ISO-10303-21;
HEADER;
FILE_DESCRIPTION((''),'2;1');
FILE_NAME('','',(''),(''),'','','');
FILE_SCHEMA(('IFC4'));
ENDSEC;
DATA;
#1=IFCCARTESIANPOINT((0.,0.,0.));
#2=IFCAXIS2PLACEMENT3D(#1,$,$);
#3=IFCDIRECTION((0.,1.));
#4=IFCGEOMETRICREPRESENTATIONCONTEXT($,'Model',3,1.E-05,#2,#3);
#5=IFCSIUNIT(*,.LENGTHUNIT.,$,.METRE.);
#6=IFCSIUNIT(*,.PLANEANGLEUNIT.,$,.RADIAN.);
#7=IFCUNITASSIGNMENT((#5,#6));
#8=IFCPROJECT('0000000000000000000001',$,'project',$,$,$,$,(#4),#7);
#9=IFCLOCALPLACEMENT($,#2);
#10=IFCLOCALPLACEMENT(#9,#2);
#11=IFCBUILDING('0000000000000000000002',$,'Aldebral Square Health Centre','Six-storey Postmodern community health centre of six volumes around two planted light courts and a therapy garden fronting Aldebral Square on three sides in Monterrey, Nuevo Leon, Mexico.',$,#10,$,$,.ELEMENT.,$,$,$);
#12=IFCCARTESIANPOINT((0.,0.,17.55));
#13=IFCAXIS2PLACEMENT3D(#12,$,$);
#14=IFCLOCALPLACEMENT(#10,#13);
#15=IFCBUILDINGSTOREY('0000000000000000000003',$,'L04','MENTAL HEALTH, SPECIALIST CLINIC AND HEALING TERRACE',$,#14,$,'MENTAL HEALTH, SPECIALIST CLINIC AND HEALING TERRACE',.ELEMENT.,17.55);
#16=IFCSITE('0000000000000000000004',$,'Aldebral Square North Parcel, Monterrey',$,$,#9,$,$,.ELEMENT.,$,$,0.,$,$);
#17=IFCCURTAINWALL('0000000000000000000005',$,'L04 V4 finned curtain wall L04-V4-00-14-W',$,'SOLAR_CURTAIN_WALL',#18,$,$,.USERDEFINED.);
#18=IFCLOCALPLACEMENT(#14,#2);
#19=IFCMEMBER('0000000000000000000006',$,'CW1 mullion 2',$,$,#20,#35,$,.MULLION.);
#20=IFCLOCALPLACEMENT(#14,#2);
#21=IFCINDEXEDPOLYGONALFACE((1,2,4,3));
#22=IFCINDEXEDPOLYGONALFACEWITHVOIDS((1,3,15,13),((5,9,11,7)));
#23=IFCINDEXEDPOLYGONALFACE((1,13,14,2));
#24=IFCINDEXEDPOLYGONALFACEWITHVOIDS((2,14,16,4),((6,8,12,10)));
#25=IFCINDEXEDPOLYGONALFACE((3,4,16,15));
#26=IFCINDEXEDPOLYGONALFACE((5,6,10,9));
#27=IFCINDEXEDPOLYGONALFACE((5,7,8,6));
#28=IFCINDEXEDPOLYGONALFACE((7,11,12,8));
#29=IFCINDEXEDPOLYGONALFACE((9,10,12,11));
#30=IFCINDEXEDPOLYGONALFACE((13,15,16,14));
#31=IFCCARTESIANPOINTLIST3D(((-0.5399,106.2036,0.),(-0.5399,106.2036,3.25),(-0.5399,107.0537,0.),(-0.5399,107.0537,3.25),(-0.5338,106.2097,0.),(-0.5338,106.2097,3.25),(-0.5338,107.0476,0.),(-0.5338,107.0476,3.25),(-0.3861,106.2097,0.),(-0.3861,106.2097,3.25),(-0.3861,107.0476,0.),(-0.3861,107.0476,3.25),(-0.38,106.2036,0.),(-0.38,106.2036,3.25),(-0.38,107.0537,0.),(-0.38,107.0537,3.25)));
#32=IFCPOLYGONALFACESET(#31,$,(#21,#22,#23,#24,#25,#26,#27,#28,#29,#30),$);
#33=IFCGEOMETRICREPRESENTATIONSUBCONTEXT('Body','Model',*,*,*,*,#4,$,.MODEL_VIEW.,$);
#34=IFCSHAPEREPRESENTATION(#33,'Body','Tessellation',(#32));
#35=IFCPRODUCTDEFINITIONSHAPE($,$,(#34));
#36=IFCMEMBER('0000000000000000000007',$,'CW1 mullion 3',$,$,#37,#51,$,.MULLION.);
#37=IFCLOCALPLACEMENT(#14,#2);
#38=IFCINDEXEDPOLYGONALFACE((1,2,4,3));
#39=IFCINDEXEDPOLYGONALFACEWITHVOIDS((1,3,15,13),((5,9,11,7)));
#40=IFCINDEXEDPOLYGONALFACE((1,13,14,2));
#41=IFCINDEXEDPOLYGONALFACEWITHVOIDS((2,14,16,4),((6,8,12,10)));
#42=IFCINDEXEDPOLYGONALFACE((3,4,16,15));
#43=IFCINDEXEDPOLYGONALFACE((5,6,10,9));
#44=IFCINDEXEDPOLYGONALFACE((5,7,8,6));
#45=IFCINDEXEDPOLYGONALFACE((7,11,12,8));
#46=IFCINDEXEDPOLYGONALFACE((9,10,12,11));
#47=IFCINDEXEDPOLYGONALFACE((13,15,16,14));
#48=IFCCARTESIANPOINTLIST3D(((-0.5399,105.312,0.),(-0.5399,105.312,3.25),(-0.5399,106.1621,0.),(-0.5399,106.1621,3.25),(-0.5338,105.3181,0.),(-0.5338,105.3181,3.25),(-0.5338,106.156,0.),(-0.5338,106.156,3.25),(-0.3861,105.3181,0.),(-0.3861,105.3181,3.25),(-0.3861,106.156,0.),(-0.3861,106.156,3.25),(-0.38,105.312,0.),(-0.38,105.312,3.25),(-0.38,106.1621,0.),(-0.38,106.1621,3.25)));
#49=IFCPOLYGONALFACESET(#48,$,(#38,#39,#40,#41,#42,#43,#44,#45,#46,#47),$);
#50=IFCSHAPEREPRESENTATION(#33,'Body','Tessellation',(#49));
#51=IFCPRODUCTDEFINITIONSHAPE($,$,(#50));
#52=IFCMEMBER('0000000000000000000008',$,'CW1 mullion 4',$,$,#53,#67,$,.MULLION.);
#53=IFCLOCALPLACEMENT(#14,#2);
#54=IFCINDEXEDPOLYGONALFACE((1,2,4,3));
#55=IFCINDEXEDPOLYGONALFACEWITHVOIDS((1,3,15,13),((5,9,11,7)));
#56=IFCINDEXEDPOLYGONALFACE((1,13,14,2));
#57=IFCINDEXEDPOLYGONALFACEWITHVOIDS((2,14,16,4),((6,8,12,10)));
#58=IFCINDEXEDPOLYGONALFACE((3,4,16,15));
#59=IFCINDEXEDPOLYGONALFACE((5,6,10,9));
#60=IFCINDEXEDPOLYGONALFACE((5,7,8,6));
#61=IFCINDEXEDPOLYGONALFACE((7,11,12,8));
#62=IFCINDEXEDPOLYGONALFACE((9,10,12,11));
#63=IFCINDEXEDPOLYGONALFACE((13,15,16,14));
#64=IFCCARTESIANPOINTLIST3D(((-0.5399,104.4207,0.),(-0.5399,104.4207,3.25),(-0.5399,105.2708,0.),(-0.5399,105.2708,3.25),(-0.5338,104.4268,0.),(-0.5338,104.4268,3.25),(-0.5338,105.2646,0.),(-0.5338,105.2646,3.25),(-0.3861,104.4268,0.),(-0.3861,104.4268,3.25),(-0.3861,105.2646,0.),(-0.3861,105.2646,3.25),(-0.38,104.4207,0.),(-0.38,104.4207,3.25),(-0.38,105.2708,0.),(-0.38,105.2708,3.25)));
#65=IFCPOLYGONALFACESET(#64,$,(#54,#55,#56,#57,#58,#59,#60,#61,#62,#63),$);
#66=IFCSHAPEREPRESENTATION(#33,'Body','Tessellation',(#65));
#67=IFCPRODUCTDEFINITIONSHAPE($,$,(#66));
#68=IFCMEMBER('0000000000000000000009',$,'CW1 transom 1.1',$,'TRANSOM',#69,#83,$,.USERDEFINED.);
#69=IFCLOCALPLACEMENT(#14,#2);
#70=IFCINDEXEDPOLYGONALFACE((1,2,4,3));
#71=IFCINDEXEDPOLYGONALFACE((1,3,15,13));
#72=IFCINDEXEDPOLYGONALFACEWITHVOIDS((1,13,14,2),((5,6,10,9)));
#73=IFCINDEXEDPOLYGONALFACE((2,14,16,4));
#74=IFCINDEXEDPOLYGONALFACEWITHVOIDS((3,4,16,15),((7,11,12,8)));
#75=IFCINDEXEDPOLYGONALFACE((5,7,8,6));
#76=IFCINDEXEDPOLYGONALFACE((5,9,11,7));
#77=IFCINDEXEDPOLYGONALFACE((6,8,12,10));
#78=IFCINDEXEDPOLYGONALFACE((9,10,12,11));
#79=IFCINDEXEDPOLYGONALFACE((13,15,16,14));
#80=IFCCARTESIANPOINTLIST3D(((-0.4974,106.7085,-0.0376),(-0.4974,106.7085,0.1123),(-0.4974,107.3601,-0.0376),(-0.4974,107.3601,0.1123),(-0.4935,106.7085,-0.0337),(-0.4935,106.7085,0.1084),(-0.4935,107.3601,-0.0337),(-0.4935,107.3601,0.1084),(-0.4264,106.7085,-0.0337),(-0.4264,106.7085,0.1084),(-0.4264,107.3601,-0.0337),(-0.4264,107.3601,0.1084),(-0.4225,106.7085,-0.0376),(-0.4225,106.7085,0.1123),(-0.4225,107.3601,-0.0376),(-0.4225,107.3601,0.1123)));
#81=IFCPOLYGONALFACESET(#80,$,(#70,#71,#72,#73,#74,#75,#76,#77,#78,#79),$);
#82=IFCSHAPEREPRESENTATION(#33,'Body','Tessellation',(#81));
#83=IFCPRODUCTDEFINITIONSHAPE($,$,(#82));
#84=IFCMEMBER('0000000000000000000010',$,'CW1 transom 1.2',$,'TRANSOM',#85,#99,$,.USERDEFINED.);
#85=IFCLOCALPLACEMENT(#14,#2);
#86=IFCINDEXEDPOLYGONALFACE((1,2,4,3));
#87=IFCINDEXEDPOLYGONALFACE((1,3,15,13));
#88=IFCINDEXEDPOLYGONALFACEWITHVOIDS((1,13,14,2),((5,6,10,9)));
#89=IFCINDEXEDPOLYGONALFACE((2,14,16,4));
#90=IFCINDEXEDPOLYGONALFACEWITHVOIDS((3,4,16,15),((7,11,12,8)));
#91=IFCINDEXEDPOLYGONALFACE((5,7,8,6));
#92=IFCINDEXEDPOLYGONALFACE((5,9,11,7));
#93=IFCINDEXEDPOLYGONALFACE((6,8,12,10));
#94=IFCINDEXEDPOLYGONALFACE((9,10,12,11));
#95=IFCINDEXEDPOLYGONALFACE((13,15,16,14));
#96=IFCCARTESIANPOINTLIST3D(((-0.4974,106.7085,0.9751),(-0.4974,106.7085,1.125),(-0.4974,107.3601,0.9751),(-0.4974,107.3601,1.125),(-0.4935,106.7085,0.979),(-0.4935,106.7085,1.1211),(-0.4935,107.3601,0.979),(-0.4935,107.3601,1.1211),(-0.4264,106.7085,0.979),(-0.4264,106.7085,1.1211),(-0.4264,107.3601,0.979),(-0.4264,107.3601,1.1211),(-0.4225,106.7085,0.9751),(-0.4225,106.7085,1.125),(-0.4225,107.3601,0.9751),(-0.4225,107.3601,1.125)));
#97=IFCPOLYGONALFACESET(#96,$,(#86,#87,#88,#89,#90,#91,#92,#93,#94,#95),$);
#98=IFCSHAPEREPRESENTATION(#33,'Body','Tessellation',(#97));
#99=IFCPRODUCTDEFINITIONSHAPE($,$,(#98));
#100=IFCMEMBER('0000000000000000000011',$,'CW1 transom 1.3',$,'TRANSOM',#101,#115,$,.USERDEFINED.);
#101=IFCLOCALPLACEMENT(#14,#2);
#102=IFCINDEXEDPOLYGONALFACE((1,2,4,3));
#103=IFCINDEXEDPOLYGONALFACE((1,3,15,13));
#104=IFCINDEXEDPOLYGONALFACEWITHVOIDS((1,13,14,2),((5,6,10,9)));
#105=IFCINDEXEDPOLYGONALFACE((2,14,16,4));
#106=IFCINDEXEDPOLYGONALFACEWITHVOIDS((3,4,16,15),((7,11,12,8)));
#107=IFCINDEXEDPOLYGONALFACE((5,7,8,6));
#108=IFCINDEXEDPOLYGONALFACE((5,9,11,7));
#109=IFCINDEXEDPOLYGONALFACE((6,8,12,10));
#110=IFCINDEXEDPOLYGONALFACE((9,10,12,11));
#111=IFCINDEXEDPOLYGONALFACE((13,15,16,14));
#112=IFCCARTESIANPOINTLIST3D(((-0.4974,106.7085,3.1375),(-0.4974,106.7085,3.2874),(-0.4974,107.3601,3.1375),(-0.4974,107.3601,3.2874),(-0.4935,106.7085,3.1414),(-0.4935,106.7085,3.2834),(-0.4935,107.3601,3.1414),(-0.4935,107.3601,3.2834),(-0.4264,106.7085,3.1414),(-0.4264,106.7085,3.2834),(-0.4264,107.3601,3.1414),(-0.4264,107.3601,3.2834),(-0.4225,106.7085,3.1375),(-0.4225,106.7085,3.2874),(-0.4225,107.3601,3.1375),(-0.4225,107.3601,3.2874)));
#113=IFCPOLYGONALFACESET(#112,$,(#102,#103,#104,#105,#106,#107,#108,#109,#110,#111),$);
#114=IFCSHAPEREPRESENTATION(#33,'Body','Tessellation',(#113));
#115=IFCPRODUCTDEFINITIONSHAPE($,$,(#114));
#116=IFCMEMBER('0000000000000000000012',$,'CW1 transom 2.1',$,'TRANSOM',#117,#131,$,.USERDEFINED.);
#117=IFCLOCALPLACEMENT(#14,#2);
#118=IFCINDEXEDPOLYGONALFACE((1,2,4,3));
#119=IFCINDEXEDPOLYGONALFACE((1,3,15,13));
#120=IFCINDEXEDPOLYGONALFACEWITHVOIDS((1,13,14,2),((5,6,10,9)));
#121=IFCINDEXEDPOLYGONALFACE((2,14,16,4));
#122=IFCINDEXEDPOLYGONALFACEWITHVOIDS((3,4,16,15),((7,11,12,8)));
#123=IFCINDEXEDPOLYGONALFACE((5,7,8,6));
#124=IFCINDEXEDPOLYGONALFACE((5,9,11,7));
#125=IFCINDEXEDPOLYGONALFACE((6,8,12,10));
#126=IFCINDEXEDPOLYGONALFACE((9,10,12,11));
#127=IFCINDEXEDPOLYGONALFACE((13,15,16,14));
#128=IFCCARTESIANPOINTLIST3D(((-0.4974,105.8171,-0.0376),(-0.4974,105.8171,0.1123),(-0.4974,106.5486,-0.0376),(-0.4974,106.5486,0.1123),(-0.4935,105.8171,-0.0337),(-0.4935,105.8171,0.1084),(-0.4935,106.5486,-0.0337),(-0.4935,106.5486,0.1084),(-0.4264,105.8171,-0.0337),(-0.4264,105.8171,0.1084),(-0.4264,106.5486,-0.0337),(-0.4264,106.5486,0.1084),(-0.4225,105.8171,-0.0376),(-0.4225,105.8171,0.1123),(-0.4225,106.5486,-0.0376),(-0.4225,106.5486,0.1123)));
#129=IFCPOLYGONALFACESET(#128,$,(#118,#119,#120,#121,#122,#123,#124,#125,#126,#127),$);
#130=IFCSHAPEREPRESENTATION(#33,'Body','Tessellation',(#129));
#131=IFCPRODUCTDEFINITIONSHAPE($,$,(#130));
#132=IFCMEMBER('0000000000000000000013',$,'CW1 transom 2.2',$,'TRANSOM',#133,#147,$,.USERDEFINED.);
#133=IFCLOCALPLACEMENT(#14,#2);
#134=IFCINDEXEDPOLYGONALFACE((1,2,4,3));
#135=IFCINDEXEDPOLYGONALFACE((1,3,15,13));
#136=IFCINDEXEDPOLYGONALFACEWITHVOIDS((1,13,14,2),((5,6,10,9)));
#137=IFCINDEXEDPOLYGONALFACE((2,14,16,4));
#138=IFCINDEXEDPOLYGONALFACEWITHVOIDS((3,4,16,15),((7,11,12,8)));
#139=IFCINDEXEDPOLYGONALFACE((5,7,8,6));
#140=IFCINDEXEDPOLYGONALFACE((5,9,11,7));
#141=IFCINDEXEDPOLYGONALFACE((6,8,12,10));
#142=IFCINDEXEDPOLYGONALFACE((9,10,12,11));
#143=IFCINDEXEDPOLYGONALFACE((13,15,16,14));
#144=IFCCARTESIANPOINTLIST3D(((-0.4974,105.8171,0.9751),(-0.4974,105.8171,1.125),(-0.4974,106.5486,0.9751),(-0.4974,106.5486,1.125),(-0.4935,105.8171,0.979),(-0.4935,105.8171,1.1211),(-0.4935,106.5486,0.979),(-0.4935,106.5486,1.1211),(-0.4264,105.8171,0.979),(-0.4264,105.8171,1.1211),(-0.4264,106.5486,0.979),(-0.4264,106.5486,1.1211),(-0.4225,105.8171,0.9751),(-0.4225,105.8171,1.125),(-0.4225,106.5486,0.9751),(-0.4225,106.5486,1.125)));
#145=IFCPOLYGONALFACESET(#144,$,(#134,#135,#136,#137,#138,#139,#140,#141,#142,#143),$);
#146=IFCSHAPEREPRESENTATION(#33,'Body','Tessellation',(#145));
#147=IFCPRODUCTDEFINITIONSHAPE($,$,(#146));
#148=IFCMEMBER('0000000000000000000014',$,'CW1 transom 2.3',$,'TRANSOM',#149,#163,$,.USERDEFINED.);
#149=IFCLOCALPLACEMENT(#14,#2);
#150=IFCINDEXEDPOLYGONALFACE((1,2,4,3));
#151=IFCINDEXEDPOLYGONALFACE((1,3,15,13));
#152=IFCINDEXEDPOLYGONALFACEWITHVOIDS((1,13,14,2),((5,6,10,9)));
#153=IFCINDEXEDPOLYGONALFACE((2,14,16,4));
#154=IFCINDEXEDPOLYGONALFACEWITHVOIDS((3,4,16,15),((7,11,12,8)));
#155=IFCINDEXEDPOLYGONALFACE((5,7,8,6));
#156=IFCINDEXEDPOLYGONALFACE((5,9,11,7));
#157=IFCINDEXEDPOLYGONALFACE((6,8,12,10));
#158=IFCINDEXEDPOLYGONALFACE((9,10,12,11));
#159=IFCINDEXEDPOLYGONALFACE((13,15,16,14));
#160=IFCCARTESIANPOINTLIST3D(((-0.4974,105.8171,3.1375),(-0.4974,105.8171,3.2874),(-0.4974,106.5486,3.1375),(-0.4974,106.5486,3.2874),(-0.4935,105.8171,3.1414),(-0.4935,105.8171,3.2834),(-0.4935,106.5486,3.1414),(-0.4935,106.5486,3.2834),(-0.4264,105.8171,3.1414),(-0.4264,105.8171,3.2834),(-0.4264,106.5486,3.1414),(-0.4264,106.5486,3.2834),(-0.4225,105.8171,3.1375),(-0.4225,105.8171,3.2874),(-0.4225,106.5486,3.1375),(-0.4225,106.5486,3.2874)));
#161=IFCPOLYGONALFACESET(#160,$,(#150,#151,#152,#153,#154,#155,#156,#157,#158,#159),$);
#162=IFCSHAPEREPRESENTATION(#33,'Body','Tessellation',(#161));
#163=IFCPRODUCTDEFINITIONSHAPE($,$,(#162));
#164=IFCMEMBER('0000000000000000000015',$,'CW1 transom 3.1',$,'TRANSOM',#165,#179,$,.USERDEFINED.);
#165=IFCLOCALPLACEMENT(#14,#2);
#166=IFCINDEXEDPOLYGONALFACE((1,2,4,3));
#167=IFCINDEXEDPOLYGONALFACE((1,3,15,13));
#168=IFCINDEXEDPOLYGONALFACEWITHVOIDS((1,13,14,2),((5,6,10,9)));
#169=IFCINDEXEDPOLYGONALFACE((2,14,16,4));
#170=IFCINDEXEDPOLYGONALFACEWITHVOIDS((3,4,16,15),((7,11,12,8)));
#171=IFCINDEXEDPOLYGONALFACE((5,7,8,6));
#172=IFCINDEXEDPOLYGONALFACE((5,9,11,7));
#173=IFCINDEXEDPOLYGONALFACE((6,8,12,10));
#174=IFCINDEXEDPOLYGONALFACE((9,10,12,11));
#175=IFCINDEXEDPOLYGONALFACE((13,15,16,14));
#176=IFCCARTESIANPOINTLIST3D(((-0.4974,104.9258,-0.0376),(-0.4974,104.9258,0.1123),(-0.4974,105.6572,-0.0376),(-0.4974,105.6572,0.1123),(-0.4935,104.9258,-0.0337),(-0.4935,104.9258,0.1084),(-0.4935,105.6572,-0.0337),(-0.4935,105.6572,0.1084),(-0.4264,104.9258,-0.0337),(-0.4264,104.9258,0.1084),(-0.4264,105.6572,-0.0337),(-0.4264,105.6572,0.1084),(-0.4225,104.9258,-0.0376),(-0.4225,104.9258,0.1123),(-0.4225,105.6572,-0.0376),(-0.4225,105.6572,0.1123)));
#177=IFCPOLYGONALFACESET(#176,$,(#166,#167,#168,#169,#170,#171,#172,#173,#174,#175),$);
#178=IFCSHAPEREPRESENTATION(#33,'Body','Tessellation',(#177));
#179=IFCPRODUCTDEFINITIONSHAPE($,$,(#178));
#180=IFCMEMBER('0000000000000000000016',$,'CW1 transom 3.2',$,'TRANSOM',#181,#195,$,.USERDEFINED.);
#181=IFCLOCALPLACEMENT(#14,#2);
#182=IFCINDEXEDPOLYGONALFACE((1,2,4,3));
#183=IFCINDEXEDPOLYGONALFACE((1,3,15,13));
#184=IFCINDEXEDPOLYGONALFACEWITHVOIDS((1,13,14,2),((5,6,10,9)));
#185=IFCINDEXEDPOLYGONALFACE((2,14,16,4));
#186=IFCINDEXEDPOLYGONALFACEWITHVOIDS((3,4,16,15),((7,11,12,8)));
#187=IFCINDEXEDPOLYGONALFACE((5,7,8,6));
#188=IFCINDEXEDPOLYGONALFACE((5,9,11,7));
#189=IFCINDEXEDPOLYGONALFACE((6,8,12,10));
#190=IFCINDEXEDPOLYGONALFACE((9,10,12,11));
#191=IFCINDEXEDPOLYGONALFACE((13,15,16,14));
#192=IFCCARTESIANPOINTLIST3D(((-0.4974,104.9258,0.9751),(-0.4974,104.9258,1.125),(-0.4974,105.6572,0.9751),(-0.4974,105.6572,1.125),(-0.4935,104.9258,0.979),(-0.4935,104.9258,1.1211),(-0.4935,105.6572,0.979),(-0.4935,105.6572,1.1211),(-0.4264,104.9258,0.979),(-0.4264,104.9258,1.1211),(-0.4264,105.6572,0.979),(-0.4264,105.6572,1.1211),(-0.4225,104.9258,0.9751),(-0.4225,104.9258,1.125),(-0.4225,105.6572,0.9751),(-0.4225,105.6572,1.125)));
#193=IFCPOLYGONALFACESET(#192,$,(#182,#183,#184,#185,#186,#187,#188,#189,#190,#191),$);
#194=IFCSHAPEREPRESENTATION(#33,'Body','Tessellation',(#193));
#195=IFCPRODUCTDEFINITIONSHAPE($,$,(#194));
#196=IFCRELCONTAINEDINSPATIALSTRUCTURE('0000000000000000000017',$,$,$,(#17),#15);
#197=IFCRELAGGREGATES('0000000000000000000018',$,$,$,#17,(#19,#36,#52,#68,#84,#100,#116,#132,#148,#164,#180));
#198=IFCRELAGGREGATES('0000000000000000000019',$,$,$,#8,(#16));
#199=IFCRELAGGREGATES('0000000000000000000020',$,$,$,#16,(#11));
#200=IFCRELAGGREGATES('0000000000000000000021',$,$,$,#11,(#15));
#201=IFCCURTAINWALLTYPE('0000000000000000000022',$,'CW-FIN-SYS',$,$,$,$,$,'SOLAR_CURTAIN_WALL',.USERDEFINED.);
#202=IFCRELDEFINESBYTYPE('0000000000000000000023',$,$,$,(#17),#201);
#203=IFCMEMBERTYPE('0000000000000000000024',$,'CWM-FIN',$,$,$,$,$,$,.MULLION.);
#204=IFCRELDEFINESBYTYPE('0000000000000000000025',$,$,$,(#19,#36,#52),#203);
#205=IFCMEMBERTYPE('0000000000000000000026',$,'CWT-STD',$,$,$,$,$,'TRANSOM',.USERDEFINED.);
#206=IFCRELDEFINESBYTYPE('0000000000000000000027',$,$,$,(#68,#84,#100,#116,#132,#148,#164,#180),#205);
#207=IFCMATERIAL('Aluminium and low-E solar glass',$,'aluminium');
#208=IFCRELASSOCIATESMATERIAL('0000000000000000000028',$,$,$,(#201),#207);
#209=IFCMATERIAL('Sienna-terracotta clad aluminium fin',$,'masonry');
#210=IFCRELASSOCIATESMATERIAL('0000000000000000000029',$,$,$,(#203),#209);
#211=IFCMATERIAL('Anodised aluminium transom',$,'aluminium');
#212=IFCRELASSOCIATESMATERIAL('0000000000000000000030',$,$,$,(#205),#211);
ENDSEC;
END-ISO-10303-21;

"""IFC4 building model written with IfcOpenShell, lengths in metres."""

from ifc_helpers import new_model, si_unit, direction, frame, origin, origin_2d, place, context, subcontext, project, spatial, hollow_rectangle, extrude, material, material_profile, profile_set, type_object, element, aggregate, save


model = new_model("IFC4")

# Units and contexts
model_context = context("Model", 3, precision=1e-05, world=origin(), true_north=direction((0.0, 1.0)))
body_context = subcontext(model_context, "Body", "Model", "MODEL_VIEW")
ifc_project = project(units=[si_unit("LENGTHUNIT", "METRE"), si_unit("PLANEANGLEUNIT", "RADIAN")], contexts=[model_context])

# Site, building, storey
site_placement = place(None, origin())
site = spatial("IfcSite", under=ifc_project, at=site_placement, Name="Aldebral Square North Parcel, Monterrey", CompositionType="ELEMENT", RefElevation=0.0)
building_placement = place(site_placement, origin())
building = spatial("IfcBuilding", under=site, at=building_placement, Name="Aldebral Square Health Centre", Description="Six-storey Postmodern community health centre of six volumes around two planted light courts and a therapy garden fronting Aldebral Square on three sides in Monterrey, Nuevo Leon, Mexico.", CompositionType="ELEMENT")
storey_placement = place(building_placement, frame((0.0, 0.0, 17.55)))
storey = spatial("IfcBuildingStorey", under=building, at=storey_placement, Name="L04", Description="MENTAL HEALTH, SPECIALIST CLINIC AND HEALING TERRACE", LongName="MENTAL HEALTH, SPECIALIST CLINIC AND HEALING TERRACE", CompositionType="ELEMENT", Elevation=17.55)

# Curtain wall, members
ifc_material_1 = material(Name="Aluminium and low-E solar glass", Category="aluminium")
curtain_wall_type = type_object("IfcCurtainWallType", Name="CW-FIN-SYS", ElementType="SOLAR_CURTAIN_WALL", PredefinedType="USERDEFINED", material=ifc_material_1)
curtain_wall_placement = place(storey_placement, origin())
curtain_wall = element("IfcCurtainWall", 1, at=curtain_wall_placement, inside=storey, type_object=curtain_wall_type, Name="L04 V4 finned curtain wall L04-V4-00-14-W", ObjectType="SOLAR_CURTAIN_WALL", PredefinedType="USERDEFINED")
ifc_material_2 = material(Name="Sienna-terracotta clad aluminium fin", Category="masonry")
ifc_material_profile_1 = material_profile(ifc_material_2, hollow_rectangle(XDim=0.1599, YDim=0.8501, WallThickness=0.0061, at=origin_2d()), Name="FIN 160x850x6")
ifc_profile_set_1 = profile_set([ifc_material_profile_1], Name="Sienna-terracotta clad aluminium fin")
member_type_1 = type_object("IfcMemberType", Name="CWM-FIN", PredefinedType="MULLION", material=ifc_profile_set_1)
member_1_placement = place(storey_placement, frame((-0.46, 106.6287, 0.0), z_axis=(0.0, 0.0, 1.0), x_axis=(1.0, 0.0, 0.0)))
member_1 = element("IfcMember", 2, at=member_1_placement, type_object=member_type_1, Name="CW1 mullion 2", PredefinedType="MULLION", context=body_context, shape_type="SweptSolid", body=[
    extrude(hollow_rectangle(XDim=0.1599, YDim=0.8501, WallThickness=0.0061, at=origin_2d()), origin(), (0.0, 0.0, 1.0), 3.25),
])
member_2_placement = place(storey_placement, frame((-0.46, 105.7371, 0.0), z_axis=(0.0, 0.0, 1.0), x_axis=(1.0, 0.0, 0.0)))
member_2 = element("IfcMember", 3, at=member_2_placement, type_object=member_type_1, Name="CW1 mullion 3", PredefinedType="MULLION", context=body_context, shape_type="SweptSolid", body=[
    extrude(hollow_rectangle(XDim=0.1599, YDim=0.8501, WallThickness=0.0061, at=origin_2d()), origin(), (0.0, 0.0, 1.0), 3.25),
])
member_3_placement = place(storey_placement, frame((-0.46, 104.8457, 0.0), z_axis=(0.0, 0.0, 1.0), x_axis=(1.0, 0.0, 0.0)))
member_3 = element("IfcMember", 4, at=member_3_placement, type_object=member_type_1, Name="CW1 mullion 4", PredefinedType="MULLION", context=body_context, shape_type="SweptSolid", body=[
    extrude(hollow_rectangle(XDim=0.1599, YDim=0.8501, WallThickness=0.0061, at=origin_2d()), origin(), (0.0, 0.0, 1.0), 3.25),
])
ifc_material_3 = material(Name="Anodised aluminium transom", Category="aluminium")
ifc_material_profile_2 = material_profile(ifc_material_3, hollow_rectangle(XDim=0.075, YDim=0.1499, WallThickness=0.0039, at=origin_2d()), Name="CWT 75x150x4")
ifc_profile_set_2 = profile_set([ifc_material_profile_2], Name="Anodised aluminium transom")
member_type_2 = type_object("IfcMemberType", Name="CWT-STD", ElementType="TRANSOM", PredefinedType="USERDEFINED", material=ifc_profile_set_2)
member_4_placement = place(storey_placement, frame((-0.46, 107.3601, 0.0374), z_axis=(0.0, -1.0, 0.0), x_axis=(1.0, 0.0, 0.0)))
member_4 = element("IfcMember", 5, at=member_4_placement, type_object=member_type_2, Name="CW1 transom 1.1", ObjectType="TRANSOM", PredefinedType="USERDEFINED", context=body_context, shape_type="SweptSolid", body=[
    extrude(hollow_rectangle(XDim=0.075, YDim=0.1499, WallThickness=0.0039, at=origin_2d()), origin(), (0.0, 0.0, 1.0), 0.6516),
])
member_5_placement = place(storey_placement, frame((-0.46, 107.3601, 1.05), z_axis=(0.0, -1.0, 0.0), x_axis=(1.0, 0.0, 0.0)))
member_5 = element("IfcMember", 6, at=member_5_placement, type_object=member_type_2, Name="CW1 transom 1.2", ObjectType="TRANSOM", PredefinedType="USERDEFINED", context=body_context, shape_type="SweptSolid", body=[
    extrude(hollow_rectangle(XDim=0.075, YDim=0.1499, WallThickness=0.0039, at=origin_2d()), origin(), (0.0, 0.0, 1.0), 0.6516),
])
member_6_placement = place(storey_placement, frame((-0.46, 107.3601, 3.2124), z_axis=(0.0, -1.0, 0.0), x_axis=(1.0, 0.0, 0.0)))
member_6 = element("IfcMember", 7, at=member_6_placement, type_object=member_type_2, Name="CW1 transom 1.3", ObjectType="TRANSOM", PredefinedType="USERDEFINED", context=body_context, shape_type="SweptSolid", body=[
    extrude(hollow_rectangle(XDim=0.075, YDim=0.1499, WallThickness=0.0039, at=origin_2d()), origin(), (0.0, 0.0, 1.0), 0.6516),
])
member_7_placement = place(storey_placement, frame((-0.46, 106.5486, 0.0374), z_axis=(0.0, -1.0, 0.0), x_axis=(1.0, 0.0, 0.0)))
member_7 = element("IfcMember", 8, at=member_7_placement, type_object=member_type_2, Name="CW1 transom 2.1", ObjectType="TRANSOM", PredefinedType="USERDEFINED", context=body_context, shape_type="SweptSolid", body=[
    extrude(hollow_rectangle(XDim=0.075, YDim=0.1499, WallThickness=0.0039, at=origin_2d()), origin(), (0.0, 0.0, 1.0), 0.7314),
])
member_8_placement = place(storey_placement, frame((-0.46, 106.5486, 1.05), z_axis=(0.0, -1.0, 0.0), x_axis=(1.0, 0.0, 0.0)))
member_8 = element("IfcMember", 9, at=member_8_placement, type_object=member_type_2, Name="CW1 transom 2.2", ObjectType="TRANSOM", PredefinedType="USERDEFINED", context=body_context, shape_type="SweptSolid", body=[
    extrude(hollow_rectangle(XDim=0.075, YDim=0.1499, WallThickness=0.0039, at=origin_2d()), origin(), (0.0, 0.0, 1.0), 0.7314),
])
member_9_placement = place(storey_placement, frame((-0.46, 106.5486, 3.2124), z_axis=(0.0, -1.0, 0.0), x_axis=(1.0, 0.0, 0.0)))
member_9 = element("IfcMember", 10, at=member_9_placement, type_object=member_type_2, Name="CW1 transom 2.3", ObjectType="TRANSOM", PredefinedType="USERDEFINED", context=body_context, shape_type="SweptSolid", body=[
    extrude(hollow_rectangle(XDim=0.075, YDim=0.1499, WallThickness=0.0039, at=origin_2d()), origin(), (0.0, 0.0, 1.0), 0.7314),
])
member_10_placement = place(storey_placement, frame((-0.46, 105.6572, 0.0374), z_axis=(0.0, -1.0, 0.0), x_axis=(1.0, 0.0, 0.0)))
member_10 = element("IfcMember", 11, at=member_10_placement, type_object=member_type_2, Name="CW1 transom 3.1", ObjectType="TRANSOM", PredefinedType="USERDEFINED", context=body_context, shape_type="SweptSolid", body=[
    extrude(hollow_rectangle(XDim=0.075, YDim=0.1499, WallThickness=0.0039, at=origin_2d()), origin(), (0.0, 0.0, 1.0), 0.7314),
])
member_11_placement = place(storey_placement, frame((-0.46, 105.6572, 1.05), z_axis=(0.0, -1.0, 0.0), x_axis=(1.0, 0.0, 0.0)))
member_11 = element("IfcMember", 12, at=member_11_placement, type_object=member_type_2, Name="CW1 transom 3.2", ObjectType="TRANSOM", PredefinedType="USERDEFINED", context=body_context, shape_type="SweptSolid", body=[
    extrude(hollow_rectangle(XDim=0.075, YDim=0.1499, WallThickness=0.0039, at=origin_2d()), origin(), (0.0, 0.0, 1.0), 0.7314),
])
aggregate(curtain_wall, [member_1, member_2, member_3, member_4, member_5, member_6, member_7, member_8, member_9, member_10, member_11])

save(model, "model.ifc")
